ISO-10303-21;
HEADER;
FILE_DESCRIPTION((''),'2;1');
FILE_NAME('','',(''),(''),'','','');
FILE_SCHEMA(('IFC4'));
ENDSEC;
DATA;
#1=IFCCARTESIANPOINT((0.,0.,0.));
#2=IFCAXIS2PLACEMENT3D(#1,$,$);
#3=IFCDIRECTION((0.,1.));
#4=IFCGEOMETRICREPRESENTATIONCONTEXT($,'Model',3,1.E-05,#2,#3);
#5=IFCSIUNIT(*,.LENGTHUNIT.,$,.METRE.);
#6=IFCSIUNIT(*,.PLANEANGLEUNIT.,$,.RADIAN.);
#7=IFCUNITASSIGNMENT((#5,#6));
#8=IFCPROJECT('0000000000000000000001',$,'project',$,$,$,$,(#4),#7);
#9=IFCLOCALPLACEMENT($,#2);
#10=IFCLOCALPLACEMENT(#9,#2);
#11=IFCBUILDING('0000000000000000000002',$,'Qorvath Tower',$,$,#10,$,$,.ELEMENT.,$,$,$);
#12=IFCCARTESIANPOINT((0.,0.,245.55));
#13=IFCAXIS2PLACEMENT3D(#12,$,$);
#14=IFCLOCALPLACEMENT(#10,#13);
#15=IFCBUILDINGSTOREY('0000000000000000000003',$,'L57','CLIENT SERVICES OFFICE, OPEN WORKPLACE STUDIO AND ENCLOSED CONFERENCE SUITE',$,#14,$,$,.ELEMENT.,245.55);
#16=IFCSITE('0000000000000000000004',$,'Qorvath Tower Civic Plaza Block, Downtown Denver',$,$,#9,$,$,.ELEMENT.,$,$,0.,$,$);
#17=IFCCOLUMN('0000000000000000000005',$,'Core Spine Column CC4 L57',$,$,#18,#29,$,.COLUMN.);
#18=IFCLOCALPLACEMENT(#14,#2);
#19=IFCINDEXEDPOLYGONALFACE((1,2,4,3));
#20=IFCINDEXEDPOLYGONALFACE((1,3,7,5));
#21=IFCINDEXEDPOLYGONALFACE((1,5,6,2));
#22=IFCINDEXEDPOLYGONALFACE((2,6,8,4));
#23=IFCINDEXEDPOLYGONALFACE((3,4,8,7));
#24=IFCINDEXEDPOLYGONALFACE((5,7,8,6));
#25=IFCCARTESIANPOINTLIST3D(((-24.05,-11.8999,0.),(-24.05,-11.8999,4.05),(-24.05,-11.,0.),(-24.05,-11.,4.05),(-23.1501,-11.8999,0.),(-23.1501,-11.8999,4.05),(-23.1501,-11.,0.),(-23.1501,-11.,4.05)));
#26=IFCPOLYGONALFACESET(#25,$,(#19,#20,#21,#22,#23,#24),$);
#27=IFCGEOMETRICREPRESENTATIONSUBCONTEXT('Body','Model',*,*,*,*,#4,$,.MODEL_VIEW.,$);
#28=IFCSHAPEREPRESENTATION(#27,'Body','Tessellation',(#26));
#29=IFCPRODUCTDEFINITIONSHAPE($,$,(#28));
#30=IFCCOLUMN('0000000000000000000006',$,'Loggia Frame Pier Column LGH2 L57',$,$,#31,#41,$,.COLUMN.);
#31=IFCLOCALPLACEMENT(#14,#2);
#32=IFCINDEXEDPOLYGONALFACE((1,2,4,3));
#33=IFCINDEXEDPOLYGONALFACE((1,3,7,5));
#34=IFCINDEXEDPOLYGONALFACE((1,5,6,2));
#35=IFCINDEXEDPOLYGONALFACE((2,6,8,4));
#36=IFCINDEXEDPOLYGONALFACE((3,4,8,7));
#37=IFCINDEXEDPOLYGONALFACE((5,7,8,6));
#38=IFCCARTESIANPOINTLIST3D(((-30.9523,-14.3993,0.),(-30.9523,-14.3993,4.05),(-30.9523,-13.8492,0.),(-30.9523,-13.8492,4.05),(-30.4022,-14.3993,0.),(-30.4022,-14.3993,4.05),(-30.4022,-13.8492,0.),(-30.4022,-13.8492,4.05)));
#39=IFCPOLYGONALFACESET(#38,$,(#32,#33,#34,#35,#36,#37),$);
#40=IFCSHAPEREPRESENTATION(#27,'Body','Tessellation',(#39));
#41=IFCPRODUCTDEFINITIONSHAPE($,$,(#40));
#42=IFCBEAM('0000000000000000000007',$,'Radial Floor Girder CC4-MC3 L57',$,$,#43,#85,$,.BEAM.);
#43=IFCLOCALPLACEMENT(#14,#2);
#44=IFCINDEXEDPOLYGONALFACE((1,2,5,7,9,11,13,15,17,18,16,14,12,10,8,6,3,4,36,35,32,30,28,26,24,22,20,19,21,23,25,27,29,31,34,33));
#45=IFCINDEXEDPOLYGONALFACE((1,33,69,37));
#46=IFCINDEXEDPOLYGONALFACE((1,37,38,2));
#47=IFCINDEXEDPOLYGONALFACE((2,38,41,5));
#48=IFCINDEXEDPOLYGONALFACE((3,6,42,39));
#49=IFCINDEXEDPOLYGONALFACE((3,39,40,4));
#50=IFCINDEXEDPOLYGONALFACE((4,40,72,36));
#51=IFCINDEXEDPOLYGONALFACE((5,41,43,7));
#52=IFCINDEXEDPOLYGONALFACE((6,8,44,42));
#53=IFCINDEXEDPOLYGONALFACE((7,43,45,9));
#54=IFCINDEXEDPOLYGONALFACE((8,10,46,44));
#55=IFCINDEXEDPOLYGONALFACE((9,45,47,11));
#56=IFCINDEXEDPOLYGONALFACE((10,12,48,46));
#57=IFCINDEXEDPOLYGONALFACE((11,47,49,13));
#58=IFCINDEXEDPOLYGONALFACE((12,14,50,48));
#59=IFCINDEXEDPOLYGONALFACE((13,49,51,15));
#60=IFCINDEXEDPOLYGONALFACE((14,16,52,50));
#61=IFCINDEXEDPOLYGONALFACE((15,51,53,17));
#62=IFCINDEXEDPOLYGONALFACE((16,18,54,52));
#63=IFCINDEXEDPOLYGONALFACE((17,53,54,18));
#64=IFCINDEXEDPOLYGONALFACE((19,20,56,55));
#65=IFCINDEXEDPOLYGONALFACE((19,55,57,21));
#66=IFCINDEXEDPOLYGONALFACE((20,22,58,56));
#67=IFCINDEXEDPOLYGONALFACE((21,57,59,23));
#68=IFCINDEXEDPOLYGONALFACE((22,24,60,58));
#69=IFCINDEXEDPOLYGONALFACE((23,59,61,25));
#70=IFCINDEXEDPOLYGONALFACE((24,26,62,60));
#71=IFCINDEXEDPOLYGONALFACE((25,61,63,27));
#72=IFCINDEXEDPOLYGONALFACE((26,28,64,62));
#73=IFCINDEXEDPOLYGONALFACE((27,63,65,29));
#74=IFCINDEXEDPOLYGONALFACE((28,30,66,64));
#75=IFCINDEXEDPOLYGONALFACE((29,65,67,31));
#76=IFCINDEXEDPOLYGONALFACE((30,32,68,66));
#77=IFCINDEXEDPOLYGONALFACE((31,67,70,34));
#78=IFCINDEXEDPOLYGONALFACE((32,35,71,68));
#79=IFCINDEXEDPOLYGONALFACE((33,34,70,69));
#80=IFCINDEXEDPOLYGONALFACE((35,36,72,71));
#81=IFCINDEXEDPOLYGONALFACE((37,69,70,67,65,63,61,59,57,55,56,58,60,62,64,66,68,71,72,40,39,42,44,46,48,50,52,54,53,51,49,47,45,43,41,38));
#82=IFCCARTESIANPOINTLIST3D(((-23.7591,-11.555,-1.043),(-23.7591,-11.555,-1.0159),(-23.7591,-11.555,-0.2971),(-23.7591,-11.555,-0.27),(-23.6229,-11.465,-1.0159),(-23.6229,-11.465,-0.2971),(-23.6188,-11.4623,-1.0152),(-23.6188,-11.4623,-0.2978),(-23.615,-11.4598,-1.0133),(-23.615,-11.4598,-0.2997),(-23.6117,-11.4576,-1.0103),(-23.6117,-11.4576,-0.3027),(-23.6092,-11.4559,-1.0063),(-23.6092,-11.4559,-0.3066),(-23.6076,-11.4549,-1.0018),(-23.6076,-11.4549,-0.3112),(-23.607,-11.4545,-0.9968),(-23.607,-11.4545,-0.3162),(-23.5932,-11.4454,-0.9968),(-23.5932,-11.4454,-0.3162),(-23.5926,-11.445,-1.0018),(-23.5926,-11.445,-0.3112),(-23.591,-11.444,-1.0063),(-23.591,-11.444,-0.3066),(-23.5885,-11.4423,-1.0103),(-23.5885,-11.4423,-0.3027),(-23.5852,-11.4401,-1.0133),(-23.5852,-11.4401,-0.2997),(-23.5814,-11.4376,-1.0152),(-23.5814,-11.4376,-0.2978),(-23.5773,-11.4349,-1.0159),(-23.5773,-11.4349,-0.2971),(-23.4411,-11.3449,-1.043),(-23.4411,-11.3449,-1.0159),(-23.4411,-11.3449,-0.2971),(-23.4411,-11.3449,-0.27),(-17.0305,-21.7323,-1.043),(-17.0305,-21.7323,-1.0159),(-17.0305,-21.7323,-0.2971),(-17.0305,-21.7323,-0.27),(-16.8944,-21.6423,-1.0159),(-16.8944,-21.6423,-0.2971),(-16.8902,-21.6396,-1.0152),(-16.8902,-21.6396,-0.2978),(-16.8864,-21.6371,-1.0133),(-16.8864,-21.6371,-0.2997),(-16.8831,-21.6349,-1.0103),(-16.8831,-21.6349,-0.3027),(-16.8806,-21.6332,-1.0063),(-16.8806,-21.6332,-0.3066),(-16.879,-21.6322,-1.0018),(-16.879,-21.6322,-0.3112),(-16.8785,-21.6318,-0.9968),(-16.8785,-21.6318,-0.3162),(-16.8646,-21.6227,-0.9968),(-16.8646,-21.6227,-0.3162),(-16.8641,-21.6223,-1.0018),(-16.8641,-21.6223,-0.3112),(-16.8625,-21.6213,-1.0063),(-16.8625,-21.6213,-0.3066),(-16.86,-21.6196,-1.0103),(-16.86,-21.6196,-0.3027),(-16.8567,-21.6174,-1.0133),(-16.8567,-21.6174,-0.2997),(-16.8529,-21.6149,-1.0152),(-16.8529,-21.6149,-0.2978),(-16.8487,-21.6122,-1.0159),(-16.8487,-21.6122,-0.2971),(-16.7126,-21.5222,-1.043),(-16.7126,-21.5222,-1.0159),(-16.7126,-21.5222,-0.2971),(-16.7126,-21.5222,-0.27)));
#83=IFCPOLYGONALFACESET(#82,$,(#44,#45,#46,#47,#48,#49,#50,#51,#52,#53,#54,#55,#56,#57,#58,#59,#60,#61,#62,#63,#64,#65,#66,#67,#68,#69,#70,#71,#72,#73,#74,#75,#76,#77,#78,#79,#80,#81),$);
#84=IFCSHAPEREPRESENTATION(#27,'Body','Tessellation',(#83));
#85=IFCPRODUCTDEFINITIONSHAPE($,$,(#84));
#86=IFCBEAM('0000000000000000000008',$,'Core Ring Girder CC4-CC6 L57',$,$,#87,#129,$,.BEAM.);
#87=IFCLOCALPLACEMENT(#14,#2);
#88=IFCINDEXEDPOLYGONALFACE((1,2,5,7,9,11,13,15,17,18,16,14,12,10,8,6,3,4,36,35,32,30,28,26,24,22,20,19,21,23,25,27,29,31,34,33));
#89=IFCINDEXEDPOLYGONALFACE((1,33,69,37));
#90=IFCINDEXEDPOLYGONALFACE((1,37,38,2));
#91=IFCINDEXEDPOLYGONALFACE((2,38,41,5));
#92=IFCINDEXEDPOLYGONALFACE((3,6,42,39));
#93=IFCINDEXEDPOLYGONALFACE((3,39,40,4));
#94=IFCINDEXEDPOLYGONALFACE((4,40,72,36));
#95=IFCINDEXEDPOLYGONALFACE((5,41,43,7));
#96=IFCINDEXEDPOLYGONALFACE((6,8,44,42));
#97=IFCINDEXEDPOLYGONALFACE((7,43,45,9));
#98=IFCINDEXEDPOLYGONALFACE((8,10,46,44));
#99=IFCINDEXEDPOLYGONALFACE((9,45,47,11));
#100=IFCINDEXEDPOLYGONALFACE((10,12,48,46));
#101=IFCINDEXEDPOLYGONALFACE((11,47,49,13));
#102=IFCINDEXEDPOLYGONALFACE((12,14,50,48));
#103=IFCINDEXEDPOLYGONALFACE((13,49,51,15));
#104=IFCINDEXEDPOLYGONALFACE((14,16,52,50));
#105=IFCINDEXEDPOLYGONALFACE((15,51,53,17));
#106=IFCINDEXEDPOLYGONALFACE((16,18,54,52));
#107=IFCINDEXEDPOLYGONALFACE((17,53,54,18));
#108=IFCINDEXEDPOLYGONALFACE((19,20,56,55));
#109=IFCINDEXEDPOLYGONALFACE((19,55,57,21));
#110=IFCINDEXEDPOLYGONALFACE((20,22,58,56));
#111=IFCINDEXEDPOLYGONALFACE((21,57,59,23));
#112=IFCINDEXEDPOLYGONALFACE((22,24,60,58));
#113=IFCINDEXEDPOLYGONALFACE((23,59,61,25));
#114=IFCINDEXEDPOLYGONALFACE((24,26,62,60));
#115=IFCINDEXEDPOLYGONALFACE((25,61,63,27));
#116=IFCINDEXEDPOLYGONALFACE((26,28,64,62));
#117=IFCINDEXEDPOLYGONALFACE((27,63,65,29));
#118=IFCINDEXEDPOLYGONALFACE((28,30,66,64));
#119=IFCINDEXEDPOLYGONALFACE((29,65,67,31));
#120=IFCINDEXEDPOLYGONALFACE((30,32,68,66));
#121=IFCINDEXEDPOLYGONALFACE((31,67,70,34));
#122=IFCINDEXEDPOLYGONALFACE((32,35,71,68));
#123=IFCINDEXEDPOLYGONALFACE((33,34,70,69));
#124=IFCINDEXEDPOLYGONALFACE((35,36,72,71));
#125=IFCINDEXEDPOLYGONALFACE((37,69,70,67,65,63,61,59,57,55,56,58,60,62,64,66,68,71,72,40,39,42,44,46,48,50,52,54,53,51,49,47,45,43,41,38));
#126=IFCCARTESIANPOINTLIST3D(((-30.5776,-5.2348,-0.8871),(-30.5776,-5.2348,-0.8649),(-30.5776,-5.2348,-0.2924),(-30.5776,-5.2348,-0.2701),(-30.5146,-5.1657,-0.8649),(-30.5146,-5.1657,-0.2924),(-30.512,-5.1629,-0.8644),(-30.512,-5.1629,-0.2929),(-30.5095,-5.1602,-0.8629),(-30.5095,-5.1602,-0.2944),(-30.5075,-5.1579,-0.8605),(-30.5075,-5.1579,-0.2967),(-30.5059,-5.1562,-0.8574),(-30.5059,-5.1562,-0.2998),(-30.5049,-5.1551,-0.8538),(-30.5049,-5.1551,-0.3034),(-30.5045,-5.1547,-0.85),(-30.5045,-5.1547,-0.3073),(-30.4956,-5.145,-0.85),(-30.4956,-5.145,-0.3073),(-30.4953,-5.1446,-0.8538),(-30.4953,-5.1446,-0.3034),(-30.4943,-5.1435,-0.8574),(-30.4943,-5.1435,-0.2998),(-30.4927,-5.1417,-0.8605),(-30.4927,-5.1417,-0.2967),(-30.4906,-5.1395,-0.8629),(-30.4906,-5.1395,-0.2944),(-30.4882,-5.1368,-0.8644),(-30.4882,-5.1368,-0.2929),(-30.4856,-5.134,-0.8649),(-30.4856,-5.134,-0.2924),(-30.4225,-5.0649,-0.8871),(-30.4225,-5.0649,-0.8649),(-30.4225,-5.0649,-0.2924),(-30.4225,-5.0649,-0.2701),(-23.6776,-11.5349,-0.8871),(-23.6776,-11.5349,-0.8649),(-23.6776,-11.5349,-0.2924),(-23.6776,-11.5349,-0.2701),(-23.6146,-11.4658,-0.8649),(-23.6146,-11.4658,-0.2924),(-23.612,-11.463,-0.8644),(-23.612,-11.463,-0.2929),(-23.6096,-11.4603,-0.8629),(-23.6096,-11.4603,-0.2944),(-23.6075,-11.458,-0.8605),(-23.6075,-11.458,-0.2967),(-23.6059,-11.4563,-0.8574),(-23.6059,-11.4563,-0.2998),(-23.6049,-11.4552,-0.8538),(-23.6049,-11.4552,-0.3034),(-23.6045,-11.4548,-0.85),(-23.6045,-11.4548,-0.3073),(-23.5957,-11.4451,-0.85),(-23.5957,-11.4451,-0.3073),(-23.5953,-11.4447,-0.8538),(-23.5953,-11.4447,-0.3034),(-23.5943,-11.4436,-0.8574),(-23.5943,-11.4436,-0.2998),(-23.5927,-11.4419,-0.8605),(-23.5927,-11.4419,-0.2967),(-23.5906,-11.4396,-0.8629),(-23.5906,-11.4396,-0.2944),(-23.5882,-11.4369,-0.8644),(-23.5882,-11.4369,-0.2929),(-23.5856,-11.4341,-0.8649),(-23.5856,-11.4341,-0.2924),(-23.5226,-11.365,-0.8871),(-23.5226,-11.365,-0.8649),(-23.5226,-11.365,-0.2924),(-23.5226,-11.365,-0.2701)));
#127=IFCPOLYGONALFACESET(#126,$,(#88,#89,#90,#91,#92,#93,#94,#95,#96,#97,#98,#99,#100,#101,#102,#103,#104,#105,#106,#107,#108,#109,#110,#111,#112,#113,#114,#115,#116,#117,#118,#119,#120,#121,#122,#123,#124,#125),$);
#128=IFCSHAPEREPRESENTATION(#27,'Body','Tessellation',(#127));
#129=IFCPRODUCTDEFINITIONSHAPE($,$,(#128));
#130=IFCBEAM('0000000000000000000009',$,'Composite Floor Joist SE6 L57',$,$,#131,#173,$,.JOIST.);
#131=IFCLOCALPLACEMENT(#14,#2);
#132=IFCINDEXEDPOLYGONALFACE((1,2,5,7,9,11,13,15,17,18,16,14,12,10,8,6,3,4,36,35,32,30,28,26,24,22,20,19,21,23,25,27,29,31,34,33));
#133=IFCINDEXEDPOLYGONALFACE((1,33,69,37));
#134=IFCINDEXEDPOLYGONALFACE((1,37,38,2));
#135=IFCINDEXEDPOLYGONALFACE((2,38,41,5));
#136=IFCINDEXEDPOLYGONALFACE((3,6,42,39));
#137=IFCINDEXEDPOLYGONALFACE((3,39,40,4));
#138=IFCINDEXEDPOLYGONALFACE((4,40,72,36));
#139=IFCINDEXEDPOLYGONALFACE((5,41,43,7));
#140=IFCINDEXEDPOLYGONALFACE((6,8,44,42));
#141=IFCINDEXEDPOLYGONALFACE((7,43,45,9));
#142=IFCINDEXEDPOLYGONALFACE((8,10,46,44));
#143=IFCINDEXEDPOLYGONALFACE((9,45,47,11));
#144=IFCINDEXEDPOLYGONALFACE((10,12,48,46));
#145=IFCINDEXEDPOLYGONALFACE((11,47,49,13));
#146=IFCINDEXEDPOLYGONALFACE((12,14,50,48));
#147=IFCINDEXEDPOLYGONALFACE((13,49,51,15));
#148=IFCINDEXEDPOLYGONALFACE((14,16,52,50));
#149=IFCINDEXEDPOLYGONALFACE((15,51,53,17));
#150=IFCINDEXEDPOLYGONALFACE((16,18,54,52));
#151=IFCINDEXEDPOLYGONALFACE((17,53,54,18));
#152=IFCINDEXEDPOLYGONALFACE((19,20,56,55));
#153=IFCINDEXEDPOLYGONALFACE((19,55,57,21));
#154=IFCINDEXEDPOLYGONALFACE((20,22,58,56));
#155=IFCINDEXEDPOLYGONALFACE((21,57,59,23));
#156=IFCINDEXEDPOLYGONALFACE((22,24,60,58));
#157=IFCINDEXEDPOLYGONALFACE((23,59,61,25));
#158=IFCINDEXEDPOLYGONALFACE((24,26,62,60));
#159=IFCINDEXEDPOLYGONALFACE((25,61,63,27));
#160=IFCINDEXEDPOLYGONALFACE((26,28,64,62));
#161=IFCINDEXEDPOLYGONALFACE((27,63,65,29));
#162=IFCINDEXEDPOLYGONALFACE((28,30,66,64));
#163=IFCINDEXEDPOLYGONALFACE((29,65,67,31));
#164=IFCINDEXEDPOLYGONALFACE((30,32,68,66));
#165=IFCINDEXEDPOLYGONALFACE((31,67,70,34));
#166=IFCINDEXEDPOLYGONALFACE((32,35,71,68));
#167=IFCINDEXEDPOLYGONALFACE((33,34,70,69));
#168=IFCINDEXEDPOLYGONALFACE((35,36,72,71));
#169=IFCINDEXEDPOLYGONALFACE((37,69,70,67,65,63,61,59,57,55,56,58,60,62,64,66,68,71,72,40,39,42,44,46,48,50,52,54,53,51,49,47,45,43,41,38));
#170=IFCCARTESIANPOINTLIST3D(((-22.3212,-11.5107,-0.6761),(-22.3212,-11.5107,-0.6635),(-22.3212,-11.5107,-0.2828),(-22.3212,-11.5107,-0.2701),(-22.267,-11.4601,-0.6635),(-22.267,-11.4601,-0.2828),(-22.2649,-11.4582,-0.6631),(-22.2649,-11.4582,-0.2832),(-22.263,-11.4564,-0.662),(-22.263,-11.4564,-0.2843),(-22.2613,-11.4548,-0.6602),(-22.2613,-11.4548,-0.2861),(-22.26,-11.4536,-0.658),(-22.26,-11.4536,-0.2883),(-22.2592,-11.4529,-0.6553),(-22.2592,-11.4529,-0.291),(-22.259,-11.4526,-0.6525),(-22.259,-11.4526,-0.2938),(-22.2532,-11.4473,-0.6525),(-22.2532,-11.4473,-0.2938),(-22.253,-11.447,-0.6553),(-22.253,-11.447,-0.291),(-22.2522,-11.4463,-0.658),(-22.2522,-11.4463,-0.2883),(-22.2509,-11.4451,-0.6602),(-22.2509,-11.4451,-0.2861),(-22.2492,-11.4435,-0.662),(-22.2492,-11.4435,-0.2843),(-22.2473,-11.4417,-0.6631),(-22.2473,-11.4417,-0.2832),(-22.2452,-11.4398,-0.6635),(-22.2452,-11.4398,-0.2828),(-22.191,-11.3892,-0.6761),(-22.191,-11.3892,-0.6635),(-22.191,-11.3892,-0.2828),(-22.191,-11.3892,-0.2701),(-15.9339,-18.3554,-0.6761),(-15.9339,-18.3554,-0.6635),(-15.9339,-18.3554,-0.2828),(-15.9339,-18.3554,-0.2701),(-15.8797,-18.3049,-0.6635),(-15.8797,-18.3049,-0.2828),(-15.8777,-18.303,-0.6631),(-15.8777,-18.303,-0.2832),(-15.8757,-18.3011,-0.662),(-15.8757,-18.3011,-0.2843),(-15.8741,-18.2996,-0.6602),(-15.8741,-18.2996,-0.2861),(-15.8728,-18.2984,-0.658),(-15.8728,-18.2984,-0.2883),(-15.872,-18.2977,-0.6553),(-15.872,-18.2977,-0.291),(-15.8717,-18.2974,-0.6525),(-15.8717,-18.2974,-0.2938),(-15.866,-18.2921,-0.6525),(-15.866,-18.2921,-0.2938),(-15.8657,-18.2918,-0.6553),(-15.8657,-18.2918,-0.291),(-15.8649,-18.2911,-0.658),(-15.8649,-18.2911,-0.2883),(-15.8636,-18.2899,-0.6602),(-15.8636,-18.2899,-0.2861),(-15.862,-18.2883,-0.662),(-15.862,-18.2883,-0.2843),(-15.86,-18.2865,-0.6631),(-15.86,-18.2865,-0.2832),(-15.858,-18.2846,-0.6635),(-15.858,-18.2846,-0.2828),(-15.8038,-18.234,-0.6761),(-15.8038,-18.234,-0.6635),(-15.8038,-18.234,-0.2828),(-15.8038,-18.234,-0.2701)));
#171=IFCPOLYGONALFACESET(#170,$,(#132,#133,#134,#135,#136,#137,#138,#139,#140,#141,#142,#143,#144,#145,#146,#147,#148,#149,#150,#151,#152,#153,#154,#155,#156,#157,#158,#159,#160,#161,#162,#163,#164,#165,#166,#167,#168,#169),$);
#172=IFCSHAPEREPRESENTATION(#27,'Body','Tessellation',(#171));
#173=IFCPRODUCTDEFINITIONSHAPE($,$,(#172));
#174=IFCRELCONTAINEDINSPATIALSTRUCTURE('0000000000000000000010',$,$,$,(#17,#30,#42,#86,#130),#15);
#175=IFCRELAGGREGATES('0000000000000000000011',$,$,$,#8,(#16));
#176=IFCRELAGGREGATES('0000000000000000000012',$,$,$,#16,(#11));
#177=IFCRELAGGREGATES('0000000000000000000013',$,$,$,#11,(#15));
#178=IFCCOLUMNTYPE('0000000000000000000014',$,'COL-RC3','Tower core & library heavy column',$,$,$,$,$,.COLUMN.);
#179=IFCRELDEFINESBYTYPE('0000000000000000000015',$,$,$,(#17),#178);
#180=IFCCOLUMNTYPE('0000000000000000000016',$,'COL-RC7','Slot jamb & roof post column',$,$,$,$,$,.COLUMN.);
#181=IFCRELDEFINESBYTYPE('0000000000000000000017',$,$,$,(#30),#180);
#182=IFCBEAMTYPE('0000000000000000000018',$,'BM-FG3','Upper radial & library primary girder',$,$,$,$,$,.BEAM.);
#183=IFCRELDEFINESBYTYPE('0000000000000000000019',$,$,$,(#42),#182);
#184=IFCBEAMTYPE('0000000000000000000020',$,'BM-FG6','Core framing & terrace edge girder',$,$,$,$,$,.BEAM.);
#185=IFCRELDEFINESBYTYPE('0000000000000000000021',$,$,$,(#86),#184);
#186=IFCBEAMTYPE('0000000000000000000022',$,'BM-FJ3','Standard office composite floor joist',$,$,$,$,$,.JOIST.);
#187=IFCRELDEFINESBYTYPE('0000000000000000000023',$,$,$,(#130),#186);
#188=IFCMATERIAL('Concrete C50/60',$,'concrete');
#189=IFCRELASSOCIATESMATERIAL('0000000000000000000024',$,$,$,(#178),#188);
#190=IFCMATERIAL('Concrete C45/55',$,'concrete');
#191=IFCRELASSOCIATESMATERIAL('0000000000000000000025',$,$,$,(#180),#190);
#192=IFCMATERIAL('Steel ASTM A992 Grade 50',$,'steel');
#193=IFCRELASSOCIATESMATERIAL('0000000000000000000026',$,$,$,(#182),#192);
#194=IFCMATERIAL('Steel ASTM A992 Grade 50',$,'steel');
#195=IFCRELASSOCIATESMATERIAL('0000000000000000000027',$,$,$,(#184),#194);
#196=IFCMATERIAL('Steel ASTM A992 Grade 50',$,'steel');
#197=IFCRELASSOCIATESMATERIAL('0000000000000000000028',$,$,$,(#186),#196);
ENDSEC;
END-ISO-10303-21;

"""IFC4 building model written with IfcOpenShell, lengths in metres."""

from ifc_helpers import new_model, si_unit, direction, frame, origin, origin_2d, place, context, subcontext, project, spatial, rectangle, i_section, extrude, material, material_profile, profile_set, type_object, element, save


model = new_model("IFC4")

# Units and contexts
model_context = context("Model", 3, precision=1e-05, world=origin(), true_north=direction((0.0, 1.0)))
body_context = subcontext(model_context, "Body", "Model", "MODEL_VIEW")
ifc_project = project(units=[si_unit("LENGTHUNIT", "METRE"), si_unit("PLANEANGLEUNIT", "RADIAN")], contexts=[model_context])

# Site, building, storey
site_placement = place(None, origin())
site = spatial("IfcSite", under=ifc_project, at=site_placement, Name="Qorvath Tower Civic Plaza Block, Downtown Denver", CompositionType="ELEMENT", RefElevation=0.0)
building_placement = place(site_placement, origin())
building = spatial("IfcBuilding", under=site, at=building_placement, Name="Qorvath Tower", CompositionType="ELEMENT")
storey_placement = place(building_placement, frame((0.0, 0.0, 245.55)))
storey = spatial("IfcBuildingStorey", under=building, at=storey_placement, Name="L57", Description="CLIENT SERVICES OFFICE, OPEN WORKPLACE STUDIO AND ENCLOSED CONFERENCE SUITE", CompositionType="ELEMENT", Elevation=245.55)

# Columns
ifc_material_1 = material(Name="Concrete C50/60", Category="concrete")
ifc_material_profile_1 = material_profile(ifc_material_1, rectangle(XDim=0.8999, YDim=0.8999, at=origin_2d()), Name="RC 900x900")
ifc_profile_set_1 = profile_set([ifc_material_profile_1], Name="Concrete C50/60")
column_type_1 = type_object("IfcColumnType", Name="COL-RC3", Description="Tower core & library heavy column", PredefinedType="COLUMN", material=ifc_profile_set_1)
column_1_placement = place(storey_placement, frame((-23.6001, -11.45, 0.0), z_axis=(0.0, 0.0, 1.0), x_axis=(1.0, 0.0, 0.0)))
element("IfcColumn", 1, at=column_1_placement, inside=storey, type_object=column_type_1, Name="Core Spine Column CC4 L57", PredefinedType="COLUMN", context=body_context, shape_type="SweptSolid", body=[
    extrude(rectangle(XDim=0.8999, YDim=0.8999, at=origin_2d()), origin(), (0.0, 0.0, 1.0), 4.05),
])
ifc_material_2 = material(Name="Concrete C45/55", Category="concrete")
ifc_material_profile_2 = material_profile(ifc_material_2, rectangle(XDim=0.55, YDim=0.55, at=origin_2d()), Name="RC 550x550")
ifc_profile_set_2 = profile_set([ifc_material_profile_2], Name="Concrete C45/55")
column_type_2 = type_object("IfcColumnType", Name="COL-RC7", Description="Slot jamb & roof post column", PredefinedType="COLUMN", material=ifc_profile_set_2)
column_2_placement = place(storey_placement, frame((-30.6772, -14.1243, 0.0), z_axis=(0.0, 0.0, 1.0), x_axis=(1.0, 0.0, 0.0)))
element("IfcColumn", 2, at=column_2_placement, inside=storey, type_object=column_type_2, Name="Loggia Frame Pier Column LGH2 L57", PredefinedType="COLUMN", context=body_context, shape_type="SweptSolid", body=[
    extrude(rectangle(XDim=0.55, YDim=0.55, at=origin_2d()), origin(), (0.0, 0.0, 1.0), 4.05),
])

# Beams
ifc_material_3 = material(Name="Steel ASTM A992 Grade 50", Category="steel")
ifc_material_profile_3 = material_profile(ifc_material_3, i_section(OverallWidth=0.3811, OverallDepth=0.7729, WebThickness=0.0166, FlangeThickness=0.0271, FilletRadius=0.019, at=origin_2d()), Name="W30x173")
ifc_profile_set_3 = profile_set([ifc_material_profile_3], Name="Steel ASTM A992 Grade 50")
beam_type_1 = type_object("IfcBeamType", Name="BM-FG3", Description="Upper radial & library primary girder", PredefinedType="BEAM", material=ifc_profile_set_3)
beam_1_placement = place(storey_placement, frame((-23.6001, -11.45, -0.6565), z_axis=(0.551501, -0.834175, 0.0), x_axis=(0.834175, 0.551501, 0.0)))
element("IfcBeam", 3, at=beam_1_placement, inside=storey, type_object=beam_type_1, Name="Radial Floor Girder CC4-MC3 L57", PredefinedType="BEAM", context=body_context, shape_type="SweptSolid", body=[
    extrude(i_section(OverallWidth=0.3811, OverallDepth=0.7729, WebThickness=0.0166, FlangeThickness=0.0271, FilletRadius=0.019, at=origin_2d()), origin(), (0.0, 0.0, 1.0), 12.2004),
])
ifc_material_4 = material(Name="Steel ASTM A992 Grade 50", Category="steel")
ifc_material_profile_4 = material_profile(ifc_material_4, i_section(OverallWidth=0.23, OverallDepth=0.6169, WebThickness=0.0132, FlangeThickness=0.0222, FilletRadius=0.0149, at=origin_2d()), Name="W24x94")
ifc_profile_set_4 = profile_set([ifc_material_profile_4], Name="Steel ASTM A992 Grade 50")
beam_type_2 = type_object("IfcBeamType", Name="BM-FG6", Description="Core framing & terrace edge girder", PredefinedType="BEAM", material=ifc_profile_set_4)
beam_2_placement = place(storey_placement, frame((-23.6001, -11.45, -0.5786), z_axis=(-0.738478, 0.674277, 0.0), x_axis=(-0.674277, -0.738478, 0.0)))
element("IfcBeam", 4, at=beam_2_placement, inside=storey, type_object=beam_type_2, Name="Core Ring Girder CC4-CC6 L57", PredefinedType="BEAM", context=body_context, shape_type="SweptSolid", body=[
    extrude(i_section(OverallWidth=0.23, OverallDepth=0.6169, WebThickness=0.0132, FlangeThickness=0.0222, FilletRadius=0.0149, at=origin_2d()), origin(), (0.0, 0.0, 1.0), 9.3435),
])
ifc_material_5 = material(Name="Steel ASTM A992 Grade 50", Category="steel")
ifc_material_profile_5 = material_profile(ifc_material_5, i_section(OverallWidth=0.178, OverallDepth=0.406, WebThickness=0.0078, FlangeThickness=0.0127, FilletRadius=0.011, at=origin_2d()), Name="W16x40")
ifc_profile_set_5 = profile_set([ifc_material_profile_5], Name="Steel ASTM A992 Grade 50")
beam_type_3 = type_object("IfcBeamType", Name="BM-FJ3", Description="Standard office composite floor joist", PredefinedType="JOIST", material=ifc_profile_set_5)
beam_3_placement = place(storey_placement, frame((-22.2561, -11.45, -0.4731), z_axis=(0.682249, -0.731119, 0.0), x_axis=(0.731119, 0.682249, 0.0)))
element("IfcBeam", 5, at=beam_3_placement, inside=storey, type_object=beam_type_3, Name="Composite Floor Joist SE6 L57", PredefinedType="JOIST", context=body_context, shape_type="SweptSolid", body=[
    extrude(i_section(OverallWidth=0.178, OverallDepth=0.406, WebThickness=0.0078, FlangeThickness=0.0127, FilletRadius=0.011, at=origin_2d()), origin(), (0.0, 0.0, 1.0), 9.3621),
])

save(model, "model.ifc")
